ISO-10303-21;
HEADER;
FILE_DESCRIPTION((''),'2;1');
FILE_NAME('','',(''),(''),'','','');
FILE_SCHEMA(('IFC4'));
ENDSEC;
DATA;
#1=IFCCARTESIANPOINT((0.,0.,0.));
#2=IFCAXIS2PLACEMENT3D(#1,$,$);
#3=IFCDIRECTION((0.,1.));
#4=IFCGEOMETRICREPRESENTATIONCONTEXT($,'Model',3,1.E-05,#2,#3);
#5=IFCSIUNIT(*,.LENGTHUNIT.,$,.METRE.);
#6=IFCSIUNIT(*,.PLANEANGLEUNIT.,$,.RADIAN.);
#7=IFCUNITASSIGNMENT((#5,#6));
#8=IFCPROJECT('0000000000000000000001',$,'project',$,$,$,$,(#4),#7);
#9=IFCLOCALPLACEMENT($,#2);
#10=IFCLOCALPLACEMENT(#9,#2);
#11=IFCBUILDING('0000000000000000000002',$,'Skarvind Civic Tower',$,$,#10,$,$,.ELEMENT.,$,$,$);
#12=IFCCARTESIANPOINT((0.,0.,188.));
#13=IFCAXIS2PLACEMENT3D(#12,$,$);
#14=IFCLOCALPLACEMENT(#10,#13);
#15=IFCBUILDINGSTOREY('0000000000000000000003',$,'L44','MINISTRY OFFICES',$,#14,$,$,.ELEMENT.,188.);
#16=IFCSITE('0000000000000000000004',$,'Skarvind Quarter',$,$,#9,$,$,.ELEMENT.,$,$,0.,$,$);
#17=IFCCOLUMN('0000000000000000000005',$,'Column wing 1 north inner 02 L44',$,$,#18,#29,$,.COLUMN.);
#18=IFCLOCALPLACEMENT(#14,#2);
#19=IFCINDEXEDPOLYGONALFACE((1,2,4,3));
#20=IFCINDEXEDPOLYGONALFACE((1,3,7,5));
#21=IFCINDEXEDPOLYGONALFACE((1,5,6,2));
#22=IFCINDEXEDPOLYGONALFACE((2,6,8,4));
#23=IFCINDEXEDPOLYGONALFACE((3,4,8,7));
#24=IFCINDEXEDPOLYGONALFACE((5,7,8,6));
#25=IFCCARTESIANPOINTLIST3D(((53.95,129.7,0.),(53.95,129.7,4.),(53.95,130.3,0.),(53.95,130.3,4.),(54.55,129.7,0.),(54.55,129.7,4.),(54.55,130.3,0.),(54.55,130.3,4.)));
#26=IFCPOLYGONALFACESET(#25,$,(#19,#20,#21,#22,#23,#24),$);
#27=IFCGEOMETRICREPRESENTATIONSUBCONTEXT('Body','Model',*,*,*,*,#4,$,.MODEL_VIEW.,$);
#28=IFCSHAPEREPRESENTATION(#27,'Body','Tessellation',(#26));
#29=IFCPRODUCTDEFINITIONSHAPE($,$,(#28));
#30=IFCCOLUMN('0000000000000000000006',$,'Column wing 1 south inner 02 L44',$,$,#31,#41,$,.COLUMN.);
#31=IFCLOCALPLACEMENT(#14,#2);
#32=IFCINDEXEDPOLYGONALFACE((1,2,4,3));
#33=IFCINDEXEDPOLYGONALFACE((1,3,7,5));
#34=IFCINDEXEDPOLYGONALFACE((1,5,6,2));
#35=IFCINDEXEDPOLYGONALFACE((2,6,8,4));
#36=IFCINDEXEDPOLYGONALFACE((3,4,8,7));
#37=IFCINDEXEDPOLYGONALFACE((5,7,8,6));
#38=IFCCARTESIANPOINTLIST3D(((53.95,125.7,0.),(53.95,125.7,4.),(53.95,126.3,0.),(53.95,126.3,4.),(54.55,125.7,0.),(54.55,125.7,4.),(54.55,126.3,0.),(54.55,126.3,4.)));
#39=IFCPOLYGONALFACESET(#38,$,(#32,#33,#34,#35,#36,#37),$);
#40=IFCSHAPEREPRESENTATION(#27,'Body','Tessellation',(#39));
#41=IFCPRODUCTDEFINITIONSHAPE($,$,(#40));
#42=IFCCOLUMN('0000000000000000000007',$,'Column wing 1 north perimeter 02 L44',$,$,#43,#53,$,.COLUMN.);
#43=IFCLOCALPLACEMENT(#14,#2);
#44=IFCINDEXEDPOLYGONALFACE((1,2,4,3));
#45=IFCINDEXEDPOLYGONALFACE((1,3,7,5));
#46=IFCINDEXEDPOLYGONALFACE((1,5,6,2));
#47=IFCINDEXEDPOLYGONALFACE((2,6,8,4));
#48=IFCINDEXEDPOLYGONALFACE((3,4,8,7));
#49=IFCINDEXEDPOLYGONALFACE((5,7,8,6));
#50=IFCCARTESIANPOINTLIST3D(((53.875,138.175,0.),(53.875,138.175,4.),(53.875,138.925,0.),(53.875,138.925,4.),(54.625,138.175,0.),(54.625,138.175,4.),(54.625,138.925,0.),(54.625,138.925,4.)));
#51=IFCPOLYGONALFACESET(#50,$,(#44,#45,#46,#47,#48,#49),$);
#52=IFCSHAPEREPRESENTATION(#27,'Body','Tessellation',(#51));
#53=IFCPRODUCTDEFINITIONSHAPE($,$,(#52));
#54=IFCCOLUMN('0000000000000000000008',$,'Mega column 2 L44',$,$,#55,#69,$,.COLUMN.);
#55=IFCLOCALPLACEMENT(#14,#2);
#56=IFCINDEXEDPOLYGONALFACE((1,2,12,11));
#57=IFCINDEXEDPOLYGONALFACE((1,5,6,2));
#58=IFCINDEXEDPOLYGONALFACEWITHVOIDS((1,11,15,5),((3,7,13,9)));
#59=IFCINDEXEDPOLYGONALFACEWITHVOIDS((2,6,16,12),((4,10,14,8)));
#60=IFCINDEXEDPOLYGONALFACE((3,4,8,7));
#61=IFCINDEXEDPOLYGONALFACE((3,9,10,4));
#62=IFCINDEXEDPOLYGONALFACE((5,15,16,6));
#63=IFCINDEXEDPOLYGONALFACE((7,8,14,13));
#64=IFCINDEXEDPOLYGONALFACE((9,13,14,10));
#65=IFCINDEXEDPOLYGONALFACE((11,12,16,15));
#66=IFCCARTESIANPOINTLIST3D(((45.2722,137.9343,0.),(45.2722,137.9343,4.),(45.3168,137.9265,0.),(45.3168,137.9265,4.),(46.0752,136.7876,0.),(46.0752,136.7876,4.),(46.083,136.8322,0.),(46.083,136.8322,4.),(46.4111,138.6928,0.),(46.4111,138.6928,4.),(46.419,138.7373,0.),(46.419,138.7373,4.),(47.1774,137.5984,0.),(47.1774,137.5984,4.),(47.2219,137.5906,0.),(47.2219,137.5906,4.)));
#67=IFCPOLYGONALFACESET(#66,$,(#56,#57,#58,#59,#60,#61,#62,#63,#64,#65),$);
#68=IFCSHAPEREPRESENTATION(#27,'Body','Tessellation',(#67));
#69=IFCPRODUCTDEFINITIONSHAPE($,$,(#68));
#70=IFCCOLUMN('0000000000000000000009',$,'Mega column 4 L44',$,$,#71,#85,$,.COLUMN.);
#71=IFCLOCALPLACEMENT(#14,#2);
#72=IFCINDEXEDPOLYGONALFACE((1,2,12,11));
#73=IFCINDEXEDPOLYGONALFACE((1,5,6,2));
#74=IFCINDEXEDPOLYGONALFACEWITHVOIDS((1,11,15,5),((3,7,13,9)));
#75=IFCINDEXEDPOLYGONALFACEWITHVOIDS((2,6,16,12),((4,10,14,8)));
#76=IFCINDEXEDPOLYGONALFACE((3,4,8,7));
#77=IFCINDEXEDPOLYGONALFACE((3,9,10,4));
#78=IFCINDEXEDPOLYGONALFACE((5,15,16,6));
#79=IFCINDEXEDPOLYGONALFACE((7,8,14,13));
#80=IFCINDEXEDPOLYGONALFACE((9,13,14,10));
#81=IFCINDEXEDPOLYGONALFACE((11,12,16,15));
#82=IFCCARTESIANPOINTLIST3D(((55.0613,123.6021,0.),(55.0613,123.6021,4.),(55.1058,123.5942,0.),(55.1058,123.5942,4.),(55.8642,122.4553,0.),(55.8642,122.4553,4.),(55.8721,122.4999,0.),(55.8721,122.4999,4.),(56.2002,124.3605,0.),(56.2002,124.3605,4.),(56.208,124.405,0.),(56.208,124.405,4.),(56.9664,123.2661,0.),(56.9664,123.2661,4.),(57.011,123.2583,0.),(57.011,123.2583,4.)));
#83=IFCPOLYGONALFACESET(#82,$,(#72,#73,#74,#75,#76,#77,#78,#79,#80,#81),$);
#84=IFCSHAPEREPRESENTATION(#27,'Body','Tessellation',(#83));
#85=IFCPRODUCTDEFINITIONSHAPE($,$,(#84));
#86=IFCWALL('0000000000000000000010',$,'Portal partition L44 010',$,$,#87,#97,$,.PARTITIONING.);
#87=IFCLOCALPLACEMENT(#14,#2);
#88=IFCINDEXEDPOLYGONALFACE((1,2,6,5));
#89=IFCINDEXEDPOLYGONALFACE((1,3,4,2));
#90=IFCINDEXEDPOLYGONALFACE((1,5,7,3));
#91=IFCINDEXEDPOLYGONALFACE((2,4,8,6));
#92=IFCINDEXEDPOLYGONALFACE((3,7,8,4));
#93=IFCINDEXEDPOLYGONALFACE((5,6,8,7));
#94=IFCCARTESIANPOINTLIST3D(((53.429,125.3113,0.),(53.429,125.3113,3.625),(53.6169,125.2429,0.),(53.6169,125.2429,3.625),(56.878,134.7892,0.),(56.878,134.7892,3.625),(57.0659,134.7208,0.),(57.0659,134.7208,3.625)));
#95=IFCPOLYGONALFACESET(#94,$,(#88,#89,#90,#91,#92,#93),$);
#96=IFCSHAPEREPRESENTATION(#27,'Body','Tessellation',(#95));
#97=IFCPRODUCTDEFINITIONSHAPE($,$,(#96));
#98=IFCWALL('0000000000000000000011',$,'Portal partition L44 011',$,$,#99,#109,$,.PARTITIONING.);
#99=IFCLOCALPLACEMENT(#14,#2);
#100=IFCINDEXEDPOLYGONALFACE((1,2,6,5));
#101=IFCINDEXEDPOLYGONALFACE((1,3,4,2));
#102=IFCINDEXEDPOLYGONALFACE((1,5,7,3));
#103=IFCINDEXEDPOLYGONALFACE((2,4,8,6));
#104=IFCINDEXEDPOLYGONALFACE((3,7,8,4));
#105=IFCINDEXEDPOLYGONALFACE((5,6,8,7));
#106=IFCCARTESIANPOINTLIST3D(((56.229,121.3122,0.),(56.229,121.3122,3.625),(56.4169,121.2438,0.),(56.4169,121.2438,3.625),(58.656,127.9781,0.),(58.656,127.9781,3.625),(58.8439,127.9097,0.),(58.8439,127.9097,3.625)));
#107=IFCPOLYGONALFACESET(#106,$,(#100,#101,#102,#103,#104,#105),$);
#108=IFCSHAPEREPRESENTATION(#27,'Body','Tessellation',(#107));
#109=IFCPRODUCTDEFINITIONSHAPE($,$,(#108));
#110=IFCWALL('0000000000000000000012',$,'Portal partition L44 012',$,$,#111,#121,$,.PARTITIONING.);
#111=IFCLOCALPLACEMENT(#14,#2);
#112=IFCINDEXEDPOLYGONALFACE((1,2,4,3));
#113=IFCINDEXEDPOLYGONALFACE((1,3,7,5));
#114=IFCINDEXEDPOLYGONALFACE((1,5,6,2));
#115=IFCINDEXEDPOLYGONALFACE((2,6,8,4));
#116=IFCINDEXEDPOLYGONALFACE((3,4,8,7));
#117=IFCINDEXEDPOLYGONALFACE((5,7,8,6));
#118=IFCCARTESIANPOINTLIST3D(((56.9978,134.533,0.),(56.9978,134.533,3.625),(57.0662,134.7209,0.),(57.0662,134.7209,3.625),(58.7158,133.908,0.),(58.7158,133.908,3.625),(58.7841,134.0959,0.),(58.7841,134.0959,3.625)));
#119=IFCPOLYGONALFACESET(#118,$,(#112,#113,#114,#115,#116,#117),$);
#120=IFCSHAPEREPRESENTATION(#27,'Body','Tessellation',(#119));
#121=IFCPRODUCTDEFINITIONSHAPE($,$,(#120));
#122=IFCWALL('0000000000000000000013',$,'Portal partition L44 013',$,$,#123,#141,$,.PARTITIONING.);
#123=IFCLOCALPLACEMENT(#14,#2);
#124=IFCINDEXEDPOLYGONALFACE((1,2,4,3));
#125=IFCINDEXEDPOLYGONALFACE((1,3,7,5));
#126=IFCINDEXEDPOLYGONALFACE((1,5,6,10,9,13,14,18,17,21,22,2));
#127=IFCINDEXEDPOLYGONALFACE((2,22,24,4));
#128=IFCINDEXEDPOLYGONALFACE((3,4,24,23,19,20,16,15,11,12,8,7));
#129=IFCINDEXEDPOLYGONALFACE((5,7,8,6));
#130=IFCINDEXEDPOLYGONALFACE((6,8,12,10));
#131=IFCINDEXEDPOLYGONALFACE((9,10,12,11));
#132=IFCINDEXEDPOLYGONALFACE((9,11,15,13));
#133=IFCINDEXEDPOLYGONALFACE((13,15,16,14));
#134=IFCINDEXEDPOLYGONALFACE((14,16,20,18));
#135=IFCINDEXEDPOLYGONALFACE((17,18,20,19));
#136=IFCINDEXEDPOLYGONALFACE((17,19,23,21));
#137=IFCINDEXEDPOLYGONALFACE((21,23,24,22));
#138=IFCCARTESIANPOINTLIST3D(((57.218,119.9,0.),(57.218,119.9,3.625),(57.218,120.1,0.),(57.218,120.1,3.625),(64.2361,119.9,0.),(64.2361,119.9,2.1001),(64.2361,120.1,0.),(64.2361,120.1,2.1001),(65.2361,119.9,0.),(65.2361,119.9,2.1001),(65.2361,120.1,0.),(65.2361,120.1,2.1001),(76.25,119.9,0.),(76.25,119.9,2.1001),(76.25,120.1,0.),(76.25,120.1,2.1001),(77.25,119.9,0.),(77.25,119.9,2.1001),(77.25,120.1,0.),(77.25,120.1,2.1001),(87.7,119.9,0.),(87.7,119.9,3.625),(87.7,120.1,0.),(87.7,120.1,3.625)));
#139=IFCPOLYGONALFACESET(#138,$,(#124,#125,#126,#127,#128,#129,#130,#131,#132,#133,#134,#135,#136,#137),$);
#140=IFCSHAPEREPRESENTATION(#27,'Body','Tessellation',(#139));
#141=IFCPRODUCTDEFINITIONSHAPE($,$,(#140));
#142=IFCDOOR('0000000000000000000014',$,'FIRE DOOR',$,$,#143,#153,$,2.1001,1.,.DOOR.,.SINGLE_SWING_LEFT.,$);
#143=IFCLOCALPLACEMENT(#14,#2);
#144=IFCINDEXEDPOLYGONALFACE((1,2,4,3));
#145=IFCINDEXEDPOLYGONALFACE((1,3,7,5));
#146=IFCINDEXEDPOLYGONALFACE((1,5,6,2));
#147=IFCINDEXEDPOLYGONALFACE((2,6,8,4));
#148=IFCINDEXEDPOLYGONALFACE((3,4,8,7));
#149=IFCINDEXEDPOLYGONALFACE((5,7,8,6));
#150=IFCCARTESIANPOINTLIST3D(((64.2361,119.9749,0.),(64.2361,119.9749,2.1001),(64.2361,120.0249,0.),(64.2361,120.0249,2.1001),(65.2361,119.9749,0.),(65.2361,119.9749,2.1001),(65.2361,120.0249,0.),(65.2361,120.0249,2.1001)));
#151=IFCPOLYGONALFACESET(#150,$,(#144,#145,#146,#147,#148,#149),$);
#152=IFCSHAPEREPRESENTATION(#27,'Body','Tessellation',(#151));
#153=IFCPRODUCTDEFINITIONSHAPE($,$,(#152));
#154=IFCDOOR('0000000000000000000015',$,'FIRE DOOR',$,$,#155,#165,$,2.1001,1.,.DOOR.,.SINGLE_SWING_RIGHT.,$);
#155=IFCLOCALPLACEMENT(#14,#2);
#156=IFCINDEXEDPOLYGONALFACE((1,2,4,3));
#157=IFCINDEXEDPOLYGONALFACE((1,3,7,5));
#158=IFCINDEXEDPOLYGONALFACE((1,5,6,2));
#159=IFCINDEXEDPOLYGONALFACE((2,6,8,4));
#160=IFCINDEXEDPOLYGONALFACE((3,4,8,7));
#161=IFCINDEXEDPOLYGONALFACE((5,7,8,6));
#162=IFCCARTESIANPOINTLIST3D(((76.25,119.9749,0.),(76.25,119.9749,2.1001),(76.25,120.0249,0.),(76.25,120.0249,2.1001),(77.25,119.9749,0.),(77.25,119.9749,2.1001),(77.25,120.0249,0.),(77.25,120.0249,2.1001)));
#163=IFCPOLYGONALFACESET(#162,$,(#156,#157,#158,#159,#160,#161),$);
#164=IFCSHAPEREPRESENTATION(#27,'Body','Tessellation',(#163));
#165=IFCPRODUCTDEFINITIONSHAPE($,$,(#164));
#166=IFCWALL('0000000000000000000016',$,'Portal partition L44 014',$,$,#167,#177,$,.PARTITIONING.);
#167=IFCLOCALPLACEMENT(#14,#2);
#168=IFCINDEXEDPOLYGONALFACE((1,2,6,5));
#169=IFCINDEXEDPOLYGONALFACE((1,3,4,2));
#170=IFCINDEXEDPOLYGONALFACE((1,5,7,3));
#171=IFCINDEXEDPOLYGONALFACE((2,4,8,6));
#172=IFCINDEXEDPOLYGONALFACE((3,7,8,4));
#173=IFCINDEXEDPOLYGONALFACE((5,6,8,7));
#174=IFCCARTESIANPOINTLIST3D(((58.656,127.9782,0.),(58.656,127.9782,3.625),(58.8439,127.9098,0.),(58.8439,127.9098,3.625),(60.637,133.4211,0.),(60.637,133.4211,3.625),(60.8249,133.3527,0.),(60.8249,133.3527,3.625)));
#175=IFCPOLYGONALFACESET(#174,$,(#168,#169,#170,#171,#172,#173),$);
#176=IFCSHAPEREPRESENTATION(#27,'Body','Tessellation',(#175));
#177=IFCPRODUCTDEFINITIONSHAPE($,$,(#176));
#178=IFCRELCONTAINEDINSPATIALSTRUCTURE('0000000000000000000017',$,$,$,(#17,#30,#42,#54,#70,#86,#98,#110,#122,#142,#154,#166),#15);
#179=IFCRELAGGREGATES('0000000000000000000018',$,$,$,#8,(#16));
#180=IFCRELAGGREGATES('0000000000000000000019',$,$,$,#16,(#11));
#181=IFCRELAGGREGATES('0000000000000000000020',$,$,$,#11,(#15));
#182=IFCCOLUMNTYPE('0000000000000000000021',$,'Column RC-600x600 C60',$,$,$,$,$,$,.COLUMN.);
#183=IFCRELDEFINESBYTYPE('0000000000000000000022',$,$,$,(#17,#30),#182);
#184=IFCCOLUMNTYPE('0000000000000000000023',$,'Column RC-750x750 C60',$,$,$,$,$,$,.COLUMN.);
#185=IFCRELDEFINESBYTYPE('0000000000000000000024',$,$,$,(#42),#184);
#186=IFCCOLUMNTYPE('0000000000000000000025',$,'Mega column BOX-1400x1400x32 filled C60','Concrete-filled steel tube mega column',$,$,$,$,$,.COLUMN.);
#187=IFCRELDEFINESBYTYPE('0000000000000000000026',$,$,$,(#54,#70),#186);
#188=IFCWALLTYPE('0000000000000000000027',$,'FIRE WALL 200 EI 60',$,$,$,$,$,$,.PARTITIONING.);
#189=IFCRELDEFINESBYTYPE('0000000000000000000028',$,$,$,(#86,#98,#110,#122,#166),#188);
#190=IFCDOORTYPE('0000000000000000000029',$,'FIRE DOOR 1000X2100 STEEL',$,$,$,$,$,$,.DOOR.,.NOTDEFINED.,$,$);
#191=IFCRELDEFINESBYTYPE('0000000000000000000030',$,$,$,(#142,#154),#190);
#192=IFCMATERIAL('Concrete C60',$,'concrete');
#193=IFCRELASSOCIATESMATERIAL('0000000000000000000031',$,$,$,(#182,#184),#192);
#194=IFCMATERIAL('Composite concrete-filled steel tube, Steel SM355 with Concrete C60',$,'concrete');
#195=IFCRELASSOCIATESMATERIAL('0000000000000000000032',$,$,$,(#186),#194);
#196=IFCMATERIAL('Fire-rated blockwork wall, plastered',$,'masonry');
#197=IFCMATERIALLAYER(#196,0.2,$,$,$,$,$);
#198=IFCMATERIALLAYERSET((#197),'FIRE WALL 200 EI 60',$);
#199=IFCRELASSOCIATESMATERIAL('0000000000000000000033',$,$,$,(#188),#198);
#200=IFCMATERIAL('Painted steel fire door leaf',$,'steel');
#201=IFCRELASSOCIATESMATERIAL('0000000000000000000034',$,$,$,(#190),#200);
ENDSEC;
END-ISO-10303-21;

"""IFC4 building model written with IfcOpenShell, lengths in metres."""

from ifc_helpers import new_model, si_unit, direction, frame, frame_2d, origin, origin_2d, place, context, subcontext, project, spatial, rectangle, hollow_rectangle, extrude, material, layer, layer_set, material_profile, profile_set, type_object, element, fill, save


model = new_model("IFC4")

# Units and contexts
model_context = context("Model", 3, precision=1e-05, world=origin(), true_north=direction((0.0, 1.0)))
body_context = subcontext(model_context, "Body", "Model", "MODEL_VIEW")
ifc_project = project(units=[si_unit("LENGTHUNIT", "METRE"), si_unit("PLANEANGLEUNIT", "RADIAN")], contexts=[model_context])

# Site, building, storey
site_placement = place(None, origin())
site = spatial("IfcSite", under=ifc_project, at=site_placement, Name="Skarvind Quarter", CompositionType="ELEMENT", RefElevation=0.0)
building_placement = place(site_placement, origin())
building = spatial("IfcBuilding", under=site, at=building_placement, Name="Skarvind Civic Tower", CompositionType="ELEMENT")
storey_placement = place(building_placement, frame((0.0, 0.0, 188.0)))
storey = spatial("IfcBuildingStorey", under=building, at=storey_placement, Name="L44", Description="MINISTRY OFFICES", CompositionType="ELEMENT", Elevation=188.0)

# Columns
ifc_material_1 = material(Name="Concrete C60", Category="concrete")
ifc_material_profile_1 = material_profile(ifc_material_1, rectangle(XDim=0.6001, YDim=0.6001, at=origin_2d()), Name="RC-600x600")
ifc_profile_set_1 = profile_set([ifc_material_profile_1], Name="Concrete C60")
column_type_1 = type_object("IfcColumnType", Name="Column RC-600x600 C60", PredefinedType="COLUMN", material=ifc_profile_set_1)
for number, where, z_axis, x_axis, name in (
    (1, (54.25, 130.0, 0.0), (0.0, 0.0, 1.0), (1.0, 0.0, 0.0), "Column wing 1 north inner 02 L44"),
    (2, (54.25, 126.0, 0.0), (0.0, 0.0, 1.0), (1.0, 0.0, 0.0), "Column wing 1 south inner 02 L44"),
):
    element("IfcColumn", number, at=place(storey_placement, frame(where, z_axis=z_axis, x_axis=x_axis)), inside=storey, type_object=column_type_1, Name=name, PredefinedType="COLUMN", context=body_context, shape_type="SweptSolid", body=[
        extrude(rectangle(XDim=0.6001, YDim=0.6001, at=origin_2d()), origin(), (0.0, 0.0, 1.0), 4.0),
    ])
ifc_material_profile_2 = material_profile(ifc_material_1, rectangle(XDim=0.75, YDim=0.75, at=origin_2d()), Name="RC-750x750")
ifc_profile_set_2 = profile_set([ifc_material_profile_2], Name="Concrete C60")
column_type_2 = type_object("IfcColumnType", Name="Column RC-750x750 C60", PredefinedType="COLUMN", material=ifc_profile_set_2)
column_placement = place(storey_placement, frame((54.25, 138.55, 0.0), z_axis=(0.0, 0.0, 1.0), x_axis=(1.0, 0.0, 0.0)))
element("IfcColumn", 3, at=column_placement, inside=storey, type_object=column_type_2, Name="Column wing 1 north perimeter 02 L44", PredefinedType="COLUMN", context=body_context, shape_type="SweptSolid", body=[
    extrude(rectangle(XDim=0.75, YDim=0.75, at=origin_2d()), origin(), (0.0, 0.0, 1.0), 4.0),
])
ifc_material_2 = material(Name="Composite concrete-filled steel tube, Steel SM355 with Concrete C60", Category="concrete")
ifc_material_profile_3 = material_profile(ifc_material_2, hollow_rectangle(XDim=1.3999, YDim=1.3999, WallThickness=0.032, at=origin_2d()), Name="BOX-1400x1400x32")
ifc_profile_set_3 = profile_set([ifc_material_profile_3], Name="Composite concrete-filled steel tube, Steel SM355 with Concrete C60")
column_type_3 = type_object("IfcColumnType", Name="Mega column BOX-1400x1400x32 filled C60", Description="Concrete-filled steel tube mega column", PredefinedType="COLUMN", material=ifc_profile_set_3)
for number, where, z_axis, x_axis, name in (
    (4, (46.2471, 137.7625, 0.0), (0.0, 0.0, 1.0), (0.573576, -0.819152, 0.0), "Mega column 2 L44"),
    (5, (56.0361, 123.4302, 0.0), (0.0, 0.0, 1.0), (0.573576, -0.819152, 0.0), "Mega column 4 L44"),
):
    element("IfcColumn", number, at=place(storey_placement, frame(where, z_axis=z_axis, x_axis=x_axis)), inside=storey, type_object=column_type_3, Name=name, PredefinedType="COLUMN", context=body_context, shape_type="SweptSolid", body=[
        extrude(hollow_rectangle(XDim=1.3999, YDim=1.3999, WallThickness=0.032, at=origin_2d()), origin(), (0.0, 0.0, 1.0), 4.0),
    ])

# Walls
ifc_material_3 = material(Name="Fire-rated blockwork wall, plastered", Category="masonry")
ifc_layer_1 = layer(ifc_material_3, 0.2)
ifc_layer_set_1 = layer_set([ifc_layer_1], Name="FIRE WALL 200 EI 60")
wall_type_1 = type_object("IfcWallType", Name="FIRE WALL 200 EI 60", PredefinedType="PARTITIONING", material=ifc_layer_set_1)
wall_1_placement = place(storey_placement, frame((53.5229, 125.2771, 0.0), z_axis=(0.0, 0.0, 1.0), x_axis=(0.341963, 0.939714, 0.0)))
element("IfcWall", 6, at=wall_1_placement, inside=storey, type_object=wall_type_1, Name="Portal partition L44 010", PredefinedType="PARTITIONING", context=body_context, shape_type="SweptSolid", body=[
    extrude(rectangle(XDim=10.0859, YDim=0.2, at=frame_2d((5.043, 0.0))), origin(), (0.0, 0.0, 1.0), 3.625),
])
wall_2_placement = place(storey_placement, frame((56.323, 121.2781, 0.0), z_axis=(0.0, 0.0, 1.0), x_axis=(0.342116, 0.939658, 0.0)))
element("IfcWall", 7, at=wall_2_placement, inside=storey, type_object=wall_type_1, Name="Portal partition L44 011", PredefinedType="PARTITIONING", context=body_context, shape_type="SweptSolid", body=[
    extrude(rectangle(XDim=7.094, YDim=0.2, at=frame_2d((3.5469, 0.0))), origin(), (0.0, 0.0, 1.0), 3.625),
])
wall_3_placement = place(storey_placement, frame((57.032, 134.627, 0.0), z_axis=(0.0, 0.0, 1.0), x_axis=(0.939747, -0.341872, 0.0)))
element("IfcWall", 8, at=wall_3_placement, inside=storey, type_object=wall_type_1, Name="Portal partition L44 012", PredefinedType="PARTITIONING", context=body_context, shape_type="SweptSolid", body=[
    extrude(rectangle(XDim=1.8281, YDim=0.2, at=frame_2d((0.9141, 0.0))), origin(), (0.0, 0.0, 1.0), 3.625),
])

# Wall, openings, doors
wall_4_placement = place(storey_placement, frame((57.218, 120.0, 0.0), z_axis=(0.0, 0.0, 1.0), x_axis=(1.0, 0.0, 0.0)))
wall_4 = element("IfcWall", 9, at=wall_4_placement, inside=storey, type_object=wall_type_1, Name="Portal partition L44 013", PredefinedType="PARTITIONING", context=body_context, shape_type="SweptSolid", body=[
    extrude(rectangle(XDim=30.4819, YDim=0.2, at=frame_2d((15.241, 0.0))), origin(), (0.0, 0.0, 1.0), 3.625),
])
opening_1_placement = place(wall_4_placement, frame((7.0181, 0.0, 0.0)))
opening_1 = element("IfcOpeningElement", 10, at=opening_1_placement, cuts=wall_4, PredefinedType="OPENING", context=body_context, shape_type="SweptSolid", body=[
    extrude(rectangle(XDim=1.0, YDim=2.1001, at=frame_2d((0.5, 1.05))), frame((0.0, 0.1099, 0.0), z_axis=(0.0, -1.0, 0.0), x_axis=(1.0, 0.0, 0.0)), (0.0, 0.0, 1.0), 0.22),
])
opening_2_placement = place(wall_4_placement, frame((19.032, 0.0, 0.0)))
opening_2 = element("IfcOpeningElement", 11, at=opening_2_placement, cuts=wall_4, PredefinedType="OPENING", context=body_context, shape_type="SweptSolid", body=[
    extrude(rectangle(XDim=1.0, YDim=2.1001, at=frame_2d((0.5, 1.05))), frame((0.0, 0.1099, 0.0), z_axis=(0.0, -1.0, 0.0), x_axis=(1.0, 0.0, 0.0)), (0.0, 0.0, 1.0), 0.22),
])
ifc_material_4 = material(Name="Painted steel fire door leaf", Category="steel")
door_type = type_object("IfcDoorType", Name="FIRE DOOR 1000X2100 STEEL", OperationType="NOTDEFINED", PredefinedType="DOOR", material=ifc_material_4)
door_1_placement = place(opening_1_placement, origin())
door_1 = element("IfcDoor", 12, at=door_1_placement, inside=storey, type_object=door_type, Name="FIRE DOOR", OperationType="SINGLE_SWING_LEFT", OverallHeight=2.1001, OverallWidth=1.0, PredefinedType="DOOR", context=body_context, shape_type="SweptSolid", body=[
    extrude(rectangle(XDim=1.0, YDim=2.1001, at=frame_2d((0.5, 1.05))), frame((0.0, 0.0249, 0.0), z_axis=(0.0, -1.0, 0.0), x_axis=(1.0, 0.0, 0.0)), (0.0, 0.0, 1.0), 0.05),
])
fill(opening_1, door_1)
door_2_placement = place(opening_2_placement, origin())
door_2 = element("IfcDoor", 13, at=door_2_placement, inside=storey, type_object=door_type, Name="FIRE DOOR", OperationType="SINGLE_SWING_RIGHT", OverallHeight=2.1001, OverallWidth=1.0, PredefinedType="DOOR", context=body_context, shape_type="SweptSolid", body=[
    extrude(rectangle(XDim=1.0, YDim=2.1001, at=frame_2d((0.5, 1.05))), frame((0.0, 0.0249, 0.0), z_axis=(0.0, -1.0, 0.0), x_axis=(1.0, 0.0, 0.0)), (0.0, 0.0, 1.0), 0.05),
])
fill(opening_2, door_2)

# Wall
wall_5_placement = place(storey_placement, frame((58.75, 127.9441, 0.0), z_axis=(0.0, 0.0, 1.0), x_axis=(0.342007, 0.939697, 0.0)))
element("IfcWall", 14, at=wall_5_placement, inside=storey, type_object=wall_type_1, Name="Portal partition L44 014", PredefinedType="PARTITIONING", context=body_context, shape_type="SweptSolid", body=[
    extrude(rectangle(XDim=5.7922, YDim=0.2, at=frame_2d((2.896, 0.0))), origin(), (0.0, 0.0, 1.0), 3.625),
])

save(model, "model.ifc")
